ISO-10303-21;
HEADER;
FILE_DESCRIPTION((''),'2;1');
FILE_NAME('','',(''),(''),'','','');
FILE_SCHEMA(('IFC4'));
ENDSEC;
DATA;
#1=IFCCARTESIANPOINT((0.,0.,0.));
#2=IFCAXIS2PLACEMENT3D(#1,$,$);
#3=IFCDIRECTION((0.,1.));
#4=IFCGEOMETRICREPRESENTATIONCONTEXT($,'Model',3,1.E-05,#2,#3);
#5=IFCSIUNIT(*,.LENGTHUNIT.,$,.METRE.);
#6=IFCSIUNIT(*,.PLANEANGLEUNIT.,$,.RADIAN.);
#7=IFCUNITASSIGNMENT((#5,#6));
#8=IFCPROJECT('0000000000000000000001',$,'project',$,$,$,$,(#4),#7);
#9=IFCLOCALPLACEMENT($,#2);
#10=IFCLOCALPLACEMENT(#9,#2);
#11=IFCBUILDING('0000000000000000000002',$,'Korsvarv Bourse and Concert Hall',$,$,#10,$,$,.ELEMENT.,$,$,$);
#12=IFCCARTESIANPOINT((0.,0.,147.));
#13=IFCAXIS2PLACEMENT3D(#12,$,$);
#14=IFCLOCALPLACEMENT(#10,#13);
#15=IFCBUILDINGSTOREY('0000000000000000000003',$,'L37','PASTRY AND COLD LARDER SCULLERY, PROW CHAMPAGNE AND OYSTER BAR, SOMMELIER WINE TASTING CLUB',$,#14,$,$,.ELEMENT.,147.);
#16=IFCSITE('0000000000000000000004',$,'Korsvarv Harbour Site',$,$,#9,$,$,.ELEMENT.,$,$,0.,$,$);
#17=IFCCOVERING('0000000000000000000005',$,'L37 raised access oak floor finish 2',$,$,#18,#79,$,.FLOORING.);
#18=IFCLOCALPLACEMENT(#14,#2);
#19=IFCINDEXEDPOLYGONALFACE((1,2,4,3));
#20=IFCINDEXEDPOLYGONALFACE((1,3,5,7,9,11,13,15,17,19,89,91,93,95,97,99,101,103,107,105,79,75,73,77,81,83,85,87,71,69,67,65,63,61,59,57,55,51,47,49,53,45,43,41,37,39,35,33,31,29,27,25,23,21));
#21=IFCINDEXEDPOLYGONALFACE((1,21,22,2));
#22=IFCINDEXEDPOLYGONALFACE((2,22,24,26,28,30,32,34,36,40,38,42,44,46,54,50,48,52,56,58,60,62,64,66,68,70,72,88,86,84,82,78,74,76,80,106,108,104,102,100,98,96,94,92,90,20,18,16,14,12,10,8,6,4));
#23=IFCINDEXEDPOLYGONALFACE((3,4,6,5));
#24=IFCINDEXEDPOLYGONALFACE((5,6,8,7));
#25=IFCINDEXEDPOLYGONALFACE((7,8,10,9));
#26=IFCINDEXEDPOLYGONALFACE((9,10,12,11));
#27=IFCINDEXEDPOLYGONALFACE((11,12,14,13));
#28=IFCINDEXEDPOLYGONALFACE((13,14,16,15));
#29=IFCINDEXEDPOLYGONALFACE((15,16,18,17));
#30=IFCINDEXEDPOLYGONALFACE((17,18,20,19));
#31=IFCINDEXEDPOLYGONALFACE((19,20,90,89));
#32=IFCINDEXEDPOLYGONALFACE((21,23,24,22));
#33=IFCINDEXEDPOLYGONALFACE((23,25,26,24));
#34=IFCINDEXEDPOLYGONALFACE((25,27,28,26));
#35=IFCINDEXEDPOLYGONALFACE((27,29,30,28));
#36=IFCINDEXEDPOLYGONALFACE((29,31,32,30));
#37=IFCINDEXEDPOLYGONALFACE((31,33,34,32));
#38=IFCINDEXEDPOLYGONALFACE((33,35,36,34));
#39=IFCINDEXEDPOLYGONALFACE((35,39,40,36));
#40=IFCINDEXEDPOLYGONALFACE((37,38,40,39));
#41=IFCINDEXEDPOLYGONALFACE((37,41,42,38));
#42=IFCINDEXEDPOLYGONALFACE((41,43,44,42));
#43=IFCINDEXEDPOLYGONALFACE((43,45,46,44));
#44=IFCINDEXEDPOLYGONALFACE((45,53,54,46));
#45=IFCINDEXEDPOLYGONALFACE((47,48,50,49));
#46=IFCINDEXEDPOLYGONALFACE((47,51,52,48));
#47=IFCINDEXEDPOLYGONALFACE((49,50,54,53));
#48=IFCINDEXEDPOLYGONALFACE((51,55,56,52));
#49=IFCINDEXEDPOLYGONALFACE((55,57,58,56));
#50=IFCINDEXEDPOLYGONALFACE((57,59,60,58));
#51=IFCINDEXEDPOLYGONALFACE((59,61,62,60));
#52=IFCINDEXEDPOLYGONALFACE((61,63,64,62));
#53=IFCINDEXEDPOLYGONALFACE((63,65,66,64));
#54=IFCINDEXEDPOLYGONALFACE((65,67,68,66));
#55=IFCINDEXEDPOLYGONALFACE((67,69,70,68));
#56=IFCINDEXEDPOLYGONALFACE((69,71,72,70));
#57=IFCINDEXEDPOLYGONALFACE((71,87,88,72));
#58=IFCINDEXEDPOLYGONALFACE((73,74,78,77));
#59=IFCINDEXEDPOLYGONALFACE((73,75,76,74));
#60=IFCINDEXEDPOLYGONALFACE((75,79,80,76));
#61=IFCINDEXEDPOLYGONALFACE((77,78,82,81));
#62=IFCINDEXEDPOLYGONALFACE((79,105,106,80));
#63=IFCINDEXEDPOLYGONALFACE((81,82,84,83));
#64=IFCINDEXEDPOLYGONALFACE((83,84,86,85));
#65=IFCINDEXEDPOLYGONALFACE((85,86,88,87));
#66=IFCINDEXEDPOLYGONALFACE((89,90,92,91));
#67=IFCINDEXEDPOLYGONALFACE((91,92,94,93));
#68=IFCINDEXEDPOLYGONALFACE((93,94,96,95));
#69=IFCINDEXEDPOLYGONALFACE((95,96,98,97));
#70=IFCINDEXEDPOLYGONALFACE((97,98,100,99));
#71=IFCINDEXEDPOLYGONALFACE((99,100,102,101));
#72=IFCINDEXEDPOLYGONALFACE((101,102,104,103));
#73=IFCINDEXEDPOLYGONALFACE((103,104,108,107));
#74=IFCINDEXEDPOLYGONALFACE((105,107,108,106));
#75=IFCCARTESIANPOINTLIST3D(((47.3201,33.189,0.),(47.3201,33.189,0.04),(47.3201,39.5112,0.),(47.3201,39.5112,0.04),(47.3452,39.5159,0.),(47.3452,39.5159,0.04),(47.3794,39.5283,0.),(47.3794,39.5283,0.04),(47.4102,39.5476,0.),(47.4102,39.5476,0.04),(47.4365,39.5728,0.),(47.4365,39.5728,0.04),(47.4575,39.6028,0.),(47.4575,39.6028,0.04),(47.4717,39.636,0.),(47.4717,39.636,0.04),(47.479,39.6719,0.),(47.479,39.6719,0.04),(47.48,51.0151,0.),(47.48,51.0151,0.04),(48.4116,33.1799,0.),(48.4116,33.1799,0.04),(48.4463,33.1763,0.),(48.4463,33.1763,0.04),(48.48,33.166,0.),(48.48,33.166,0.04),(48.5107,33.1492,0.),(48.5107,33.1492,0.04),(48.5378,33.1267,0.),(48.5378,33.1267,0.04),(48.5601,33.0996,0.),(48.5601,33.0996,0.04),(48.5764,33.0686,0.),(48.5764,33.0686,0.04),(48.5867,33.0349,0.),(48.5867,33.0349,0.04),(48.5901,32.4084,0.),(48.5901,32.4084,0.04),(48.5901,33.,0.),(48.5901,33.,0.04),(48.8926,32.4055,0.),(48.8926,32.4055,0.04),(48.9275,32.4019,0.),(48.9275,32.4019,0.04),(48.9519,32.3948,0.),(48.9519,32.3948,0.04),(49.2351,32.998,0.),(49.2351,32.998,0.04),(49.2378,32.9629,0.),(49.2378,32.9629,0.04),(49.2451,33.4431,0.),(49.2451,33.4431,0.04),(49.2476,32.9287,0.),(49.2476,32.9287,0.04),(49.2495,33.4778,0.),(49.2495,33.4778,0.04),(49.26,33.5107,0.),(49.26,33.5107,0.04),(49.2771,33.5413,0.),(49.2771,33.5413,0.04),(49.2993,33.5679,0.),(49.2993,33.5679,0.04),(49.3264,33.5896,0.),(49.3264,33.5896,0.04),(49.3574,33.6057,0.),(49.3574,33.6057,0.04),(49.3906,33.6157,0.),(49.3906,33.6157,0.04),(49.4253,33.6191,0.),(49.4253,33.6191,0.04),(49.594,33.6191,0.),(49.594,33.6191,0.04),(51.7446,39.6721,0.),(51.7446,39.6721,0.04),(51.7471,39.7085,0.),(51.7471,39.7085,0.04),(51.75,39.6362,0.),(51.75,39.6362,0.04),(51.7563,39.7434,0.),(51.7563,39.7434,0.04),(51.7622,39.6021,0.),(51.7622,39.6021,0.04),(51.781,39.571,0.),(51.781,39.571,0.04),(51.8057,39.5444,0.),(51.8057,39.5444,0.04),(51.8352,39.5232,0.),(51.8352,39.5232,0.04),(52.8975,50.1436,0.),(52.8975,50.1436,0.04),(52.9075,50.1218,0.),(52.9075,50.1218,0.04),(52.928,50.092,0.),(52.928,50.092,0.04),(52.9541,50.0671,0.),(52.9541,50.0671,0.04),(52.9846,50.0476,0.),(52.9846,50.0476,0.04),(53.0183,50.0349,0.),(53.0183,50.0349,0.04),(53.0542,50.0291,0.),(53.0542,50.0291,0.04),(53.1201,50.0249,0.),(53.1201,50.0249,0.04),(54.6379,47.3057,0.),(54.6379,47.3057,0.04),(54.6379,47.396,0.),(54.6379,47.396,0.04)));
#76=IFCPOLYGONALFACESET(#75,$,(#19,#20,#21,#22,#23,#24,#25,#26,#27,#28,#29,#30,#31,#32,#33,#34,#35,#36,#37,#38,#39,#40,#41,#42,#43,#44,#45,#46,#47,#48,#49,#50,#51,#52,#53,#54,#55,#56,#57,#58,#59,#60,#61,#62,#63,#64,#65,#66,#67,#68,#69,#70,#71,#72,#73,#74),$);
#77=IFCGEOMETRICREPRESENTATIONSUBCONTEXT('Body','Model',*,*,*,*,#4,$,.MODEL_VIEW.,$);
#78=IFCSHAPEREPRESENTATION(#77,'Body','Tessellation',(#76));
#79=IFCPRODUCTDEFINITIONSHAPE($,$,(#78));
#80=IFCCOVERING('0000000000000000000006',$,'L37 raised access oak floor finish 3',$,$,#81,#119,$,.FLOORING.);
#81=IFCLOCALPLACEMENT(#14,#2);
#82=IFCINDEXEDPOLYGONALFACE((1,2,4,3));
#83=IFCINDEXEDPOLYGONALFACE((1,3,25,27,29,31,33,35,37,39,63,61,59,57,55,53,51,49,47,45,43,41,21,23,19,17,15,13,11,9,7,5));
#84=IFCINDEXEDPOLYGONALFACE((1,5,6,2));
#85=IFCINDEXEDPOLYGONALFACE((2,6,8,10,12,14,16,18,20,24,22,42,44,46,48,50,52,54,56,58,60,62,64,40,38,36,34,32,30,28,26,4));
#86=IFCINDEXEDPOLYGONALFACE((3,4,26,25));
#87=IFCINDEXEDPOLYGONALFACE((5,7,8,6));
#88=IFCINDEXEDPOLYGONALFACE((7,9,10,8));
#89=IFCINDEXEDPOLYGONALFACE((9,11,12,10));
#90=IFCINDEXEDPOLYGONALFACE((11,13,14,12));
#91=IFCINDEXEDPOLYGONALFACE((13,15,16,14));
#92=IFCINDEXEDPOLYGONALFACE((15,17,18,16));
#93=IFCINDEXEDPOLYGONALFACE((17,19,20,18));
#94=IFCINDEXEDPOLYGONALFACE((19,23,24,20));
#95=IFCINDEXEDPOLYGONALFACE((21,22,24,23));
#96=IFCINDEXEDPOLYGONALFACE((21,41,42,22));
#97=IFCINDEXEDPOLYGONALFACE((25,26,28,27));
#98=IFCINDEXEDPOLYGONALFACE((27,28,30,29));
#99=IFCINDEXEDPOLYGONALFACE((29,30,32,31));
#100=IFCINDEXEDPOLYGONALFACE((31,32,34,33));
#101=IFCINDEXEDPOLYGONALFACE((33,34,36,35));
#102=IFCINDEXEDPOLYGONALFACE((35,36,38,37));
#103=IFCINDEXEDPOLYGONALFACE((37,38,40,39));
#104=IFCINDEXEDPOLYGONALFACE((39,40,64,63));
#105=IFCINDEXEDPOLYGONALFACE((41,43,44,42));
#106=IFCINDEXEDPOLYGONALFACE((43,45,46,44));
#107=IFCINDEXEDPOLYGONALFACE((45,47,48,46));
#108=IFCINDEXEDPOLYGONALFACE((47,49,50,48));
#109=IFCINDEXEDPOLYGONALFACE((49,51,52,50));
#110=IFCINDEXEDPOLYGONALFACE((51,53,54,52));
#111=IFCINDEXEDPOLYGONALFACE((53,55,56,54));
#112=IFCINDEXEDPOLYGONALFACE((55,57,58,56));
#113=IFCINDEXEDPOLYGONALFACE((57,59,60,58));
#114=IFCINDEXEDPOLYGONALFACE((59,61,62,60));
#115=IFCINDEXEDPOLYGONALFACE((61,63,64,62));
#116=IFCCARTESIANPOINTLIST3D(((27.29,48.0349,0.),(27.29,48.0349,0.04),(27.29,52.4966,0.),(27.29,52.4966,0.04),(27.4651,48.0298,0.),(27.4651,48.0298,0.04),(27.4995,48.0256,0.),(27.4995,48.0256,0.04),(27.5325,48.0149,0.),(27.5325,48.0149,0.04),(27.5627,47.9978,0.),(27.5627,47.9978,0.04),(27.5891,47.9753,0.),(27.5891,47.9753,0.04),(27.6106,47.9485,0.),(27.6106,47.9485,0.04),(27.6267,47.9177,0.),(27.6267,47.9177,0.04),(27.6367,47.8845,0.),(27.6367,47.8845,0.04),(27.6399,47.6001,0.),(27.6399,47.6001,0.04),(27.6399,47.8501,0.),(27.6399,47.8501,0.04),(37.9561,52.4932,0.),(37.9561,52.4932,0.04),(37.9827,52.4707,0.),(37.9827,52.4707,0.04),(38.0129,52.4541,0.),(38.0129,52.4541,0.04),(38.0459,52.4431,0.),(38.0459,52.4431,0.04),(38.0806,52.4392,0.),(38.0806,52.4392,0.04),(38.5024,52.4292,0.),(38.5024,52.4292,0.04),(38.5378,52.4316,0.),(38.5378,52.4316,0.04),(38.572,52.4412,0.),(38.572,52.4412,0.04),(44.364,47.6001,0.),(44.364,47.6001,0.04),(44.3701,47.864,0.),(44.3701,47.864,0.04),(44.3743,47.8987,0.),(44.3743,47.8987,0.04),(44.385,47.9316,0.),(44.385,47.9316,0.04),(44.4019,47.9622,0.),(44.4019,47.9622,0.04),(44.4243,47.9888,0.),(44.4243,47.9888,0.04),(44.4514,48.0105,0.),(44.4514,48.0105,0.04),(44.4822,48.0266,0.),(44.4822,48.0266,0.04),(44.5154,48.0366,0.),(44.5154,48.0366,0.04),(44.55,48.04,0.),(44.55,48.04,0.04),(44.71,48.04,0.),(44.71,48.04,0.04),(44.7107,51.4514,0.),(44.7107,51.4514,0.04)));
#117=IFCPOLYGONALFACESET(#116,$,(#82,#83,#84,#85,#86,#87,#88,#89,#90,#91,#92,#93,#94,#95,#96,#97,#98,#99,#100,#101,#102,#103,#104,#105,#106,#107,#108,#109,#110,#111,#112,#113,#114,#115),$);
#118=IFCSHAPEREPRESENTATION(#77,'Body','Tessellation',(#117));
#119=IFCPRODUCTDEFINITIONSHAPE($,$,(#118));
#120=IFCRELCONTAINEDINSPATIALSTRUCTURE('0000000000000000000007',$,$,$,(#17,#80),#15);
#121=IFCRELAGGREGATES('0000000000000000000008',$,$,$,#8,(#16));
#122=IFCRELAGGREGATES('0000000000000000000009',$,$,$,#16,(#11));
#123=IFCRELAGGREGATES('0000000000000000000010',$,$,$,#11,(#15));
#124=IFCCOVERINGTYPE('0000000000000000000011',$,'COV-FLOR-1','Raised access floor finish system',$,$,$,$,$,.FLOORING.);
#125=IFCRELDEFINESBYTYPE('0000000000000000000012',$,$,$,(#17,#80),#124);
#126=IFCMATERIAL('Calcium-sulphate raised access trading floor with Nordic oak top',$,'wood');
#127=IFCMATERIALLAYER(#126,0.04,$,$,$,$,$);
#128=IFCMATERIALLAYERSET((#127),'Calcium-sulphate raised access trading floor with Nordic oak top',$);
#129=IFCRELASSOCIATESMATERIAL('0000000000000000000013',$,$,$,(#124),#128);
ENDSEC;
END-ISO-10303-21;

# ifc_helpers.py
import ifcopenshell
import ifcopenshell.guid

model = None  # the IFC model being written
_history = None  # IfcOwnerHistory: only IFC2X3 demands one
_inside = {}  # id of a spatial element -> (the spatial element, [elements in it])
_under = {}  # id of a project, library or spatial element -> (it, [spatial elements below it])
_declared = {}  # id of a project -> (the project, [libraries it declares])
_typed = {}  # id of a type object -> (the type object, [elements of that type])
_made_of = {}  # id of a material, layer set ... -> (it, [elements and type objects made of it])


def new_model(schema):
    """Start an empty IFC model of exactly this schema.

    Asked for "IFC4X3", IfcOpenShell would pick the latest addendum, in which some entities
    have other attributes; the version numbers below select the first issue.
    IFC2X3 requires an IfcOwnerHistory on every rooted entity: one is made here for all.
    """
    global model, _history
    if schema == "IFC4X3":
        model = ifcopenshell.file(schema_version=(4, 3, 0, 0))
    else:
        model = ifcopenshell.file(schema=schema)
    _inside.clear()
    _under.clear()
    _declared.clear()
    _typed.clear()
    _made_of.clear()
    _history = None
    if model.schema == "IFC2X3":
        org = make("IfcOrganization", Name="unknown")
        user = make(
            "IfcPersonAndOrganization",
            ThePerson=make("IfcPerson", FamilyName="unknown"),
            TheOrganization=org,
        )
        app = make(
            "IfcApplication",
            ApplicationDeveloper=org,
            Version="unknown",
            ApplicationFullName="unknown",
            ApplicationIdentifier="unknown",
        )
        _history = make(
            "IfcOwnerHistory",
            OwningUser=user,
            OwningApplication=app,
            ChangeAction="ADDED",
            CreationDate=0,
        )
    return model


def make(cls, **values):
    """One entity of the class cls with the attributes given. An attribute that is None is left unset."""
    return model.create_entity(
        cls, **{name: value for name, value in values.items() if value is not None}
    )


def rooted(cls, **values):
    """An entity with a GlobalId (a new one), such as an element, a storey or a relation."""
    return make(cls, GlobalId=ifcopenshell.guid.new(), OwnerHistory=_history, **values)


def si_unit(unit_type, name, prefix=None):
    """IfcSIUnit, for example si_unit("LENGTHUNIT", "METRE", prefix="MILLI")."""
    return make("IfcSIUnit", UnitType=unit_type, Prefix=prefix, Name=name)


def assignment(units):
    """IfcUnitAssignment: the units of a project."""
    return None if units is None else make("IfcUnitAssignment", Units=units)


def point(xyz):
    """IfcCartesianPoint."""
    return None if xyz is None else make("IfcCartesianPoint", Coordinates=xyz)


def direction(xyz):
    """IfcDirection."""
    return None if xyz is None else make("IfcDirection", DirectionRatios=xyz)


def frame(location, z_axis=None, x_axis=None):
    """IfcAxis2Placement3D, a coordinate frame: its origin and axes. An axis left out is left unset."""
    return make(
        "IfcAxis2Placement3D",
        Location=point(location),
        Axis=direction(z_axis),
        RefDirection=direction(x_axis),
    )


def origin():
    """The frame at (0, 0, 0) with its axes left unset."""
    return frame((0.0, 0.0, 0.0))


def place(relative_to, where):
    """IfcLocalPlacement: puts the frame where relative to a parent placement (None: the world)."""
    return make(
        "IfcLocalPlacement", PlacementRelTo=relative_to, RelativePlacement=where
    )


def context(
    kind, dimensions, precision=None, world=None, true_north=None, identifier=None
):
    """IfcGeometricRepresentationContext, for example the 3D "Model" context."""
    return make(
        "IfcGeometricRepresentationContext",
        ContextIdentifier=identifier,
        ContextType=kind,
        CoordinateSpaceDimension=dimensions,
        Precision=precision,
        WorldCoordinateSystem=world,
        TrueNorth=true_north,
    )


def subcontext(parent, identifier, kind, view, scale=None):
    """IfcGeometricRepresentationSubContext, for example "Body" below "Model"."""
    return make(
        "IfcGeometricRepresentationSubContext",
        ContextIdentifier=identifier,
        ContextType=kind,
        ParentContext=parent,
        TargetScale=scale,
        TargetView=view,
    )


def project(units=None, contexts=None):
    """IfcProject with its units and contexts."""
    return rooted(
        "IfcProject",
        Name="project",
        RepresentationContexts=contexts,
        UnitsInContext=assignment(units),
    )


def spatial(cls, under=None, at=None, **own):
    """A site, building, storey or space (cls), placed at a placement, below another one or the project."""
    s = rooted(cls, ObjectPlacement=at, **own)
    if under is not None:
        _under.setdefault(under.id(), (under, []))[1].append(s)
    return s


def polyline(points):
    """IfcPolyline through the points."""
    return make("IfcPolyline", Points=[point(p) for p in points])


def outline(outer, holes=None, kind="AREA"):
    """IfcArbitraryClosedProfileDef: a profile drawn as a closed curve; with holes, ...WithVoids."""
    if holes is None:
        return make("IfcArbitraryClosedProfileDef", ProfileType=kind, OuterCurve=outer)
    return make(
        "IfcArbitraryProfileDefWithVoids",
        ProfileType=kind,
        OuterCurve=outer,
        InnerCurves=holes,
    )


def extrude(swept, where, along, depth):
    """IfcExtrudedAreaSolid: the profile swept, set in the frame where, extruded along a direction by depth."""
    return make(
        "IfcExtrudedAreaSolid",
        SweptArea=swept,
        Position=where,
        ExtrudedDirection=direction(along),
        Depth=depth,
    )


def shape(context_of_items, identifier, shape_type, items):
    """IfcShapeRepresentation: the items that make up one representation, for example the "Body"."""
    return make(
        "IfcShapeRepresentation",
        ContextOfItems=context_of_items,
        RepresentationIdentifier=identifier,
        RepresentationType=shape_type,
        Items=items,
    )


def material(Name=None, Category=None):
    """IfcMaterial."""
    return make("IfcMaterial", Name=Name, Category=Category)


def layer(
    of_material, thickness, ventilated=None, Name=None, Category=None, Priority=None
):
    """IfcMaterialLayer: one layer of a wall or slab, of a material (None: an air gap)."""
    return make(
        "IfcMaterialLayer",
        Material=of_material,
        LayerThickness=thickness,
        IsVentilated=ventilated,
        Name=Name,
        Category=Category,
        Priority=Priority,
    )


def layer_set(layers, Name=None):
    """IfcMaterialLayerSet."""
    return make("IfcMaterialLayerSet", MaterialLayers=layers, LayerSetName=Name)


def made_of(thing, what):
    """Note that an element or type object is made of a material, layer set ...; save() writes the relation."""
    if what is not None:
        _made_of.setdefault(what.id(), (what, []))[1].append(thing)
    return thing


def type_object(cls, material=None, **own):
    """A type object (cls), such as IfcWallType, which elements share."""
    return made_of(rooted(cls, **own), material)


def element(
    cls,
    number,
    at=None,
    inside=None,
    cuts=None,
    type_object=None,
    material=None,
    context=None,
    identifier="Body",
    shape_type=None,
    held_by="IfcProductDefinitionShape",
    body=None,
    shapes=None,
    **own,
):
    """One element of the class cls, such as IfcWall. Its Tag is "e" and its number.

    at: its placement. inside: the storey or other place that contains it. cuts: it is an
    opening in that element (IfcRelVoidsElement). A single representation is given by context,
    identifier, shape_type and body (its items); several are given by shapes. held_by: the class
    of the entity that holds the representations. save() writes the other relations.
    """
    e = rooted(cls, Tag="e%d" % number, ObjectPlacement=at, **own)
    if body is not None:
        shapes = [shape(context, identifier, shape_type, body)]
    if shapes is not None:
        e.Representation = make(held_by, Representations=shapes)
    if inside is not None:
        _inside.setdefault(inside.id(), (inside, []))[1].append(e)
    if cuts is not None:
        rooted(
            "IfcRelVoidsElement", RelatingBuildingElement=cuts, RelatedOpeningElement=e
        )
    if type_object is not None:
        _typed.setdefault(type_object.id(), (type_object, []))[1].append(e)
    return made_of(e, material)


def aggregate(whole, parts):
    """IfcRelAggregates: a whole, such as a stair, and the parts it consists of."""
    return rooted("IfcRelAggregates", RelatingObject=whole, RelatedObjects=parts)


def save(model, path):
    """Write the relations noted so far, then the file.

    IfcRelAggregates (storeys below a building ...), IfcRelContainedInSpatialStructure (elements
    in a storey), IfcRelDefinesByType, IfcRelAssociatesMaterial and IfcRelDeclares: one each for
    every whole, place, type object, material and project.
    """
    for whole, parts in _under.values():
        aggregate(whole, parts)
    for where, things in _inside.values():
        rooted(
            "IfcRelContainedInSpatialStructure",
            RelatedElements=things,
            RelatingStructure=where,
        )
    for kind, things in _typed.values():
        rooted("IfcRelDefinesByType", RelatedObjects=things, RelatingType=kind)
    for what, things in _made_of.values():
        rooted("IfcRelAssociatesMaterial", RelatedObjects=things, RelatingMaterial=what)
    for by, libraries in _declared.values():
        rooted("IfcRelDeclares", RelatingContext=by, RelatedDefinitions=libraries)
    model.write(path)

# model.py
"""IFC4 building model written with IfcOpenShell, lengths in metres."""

from ifc_helpers import new_model, si_unit, direction, frame, origin, place, context, subcontext, project, spatial, polyline, outline, extrude, material, layer, layer_set, type_object, element, save


model = new_model("IFC4")

# Units and contexts
model_context = context("Model", 3, precision=1e-05, world=origin(), true_north=direction((0.0, 1.0)))
body_context = subcontext(model_context, "Body", "Model", "MODEL_VIEW")
ifc_project = project(units=[si_unit("LENGTHUNIT", "METRE"), si_unit("PLANEANGLEUNIT", "RADIAN")], contexts=[model_context])

# Site, building, storey
site_placement = place(None, origin())
site = spatial("IfcSite", under=ifc_project, at=site_placement, Name="Korsvarv Harbour Site", CompositionType="ELEMENT", RefElevation=0.0)
building_placement = place(site_placement, origin())
building = spatial("IfcBuilding", under=site, at=building_placement, Name="Korsvarv Bourse and Concert Hall", CompositionType="ELEMENT")
storey_placement = place(building_placement, frame((0.0, 0.0, 147.0)))
storey = spatial("IfcBuildingStorey", under=building, at=storey_placement, Name="L37", Description="PASTRY AND COLD LARDER SCULLERY, PROW CHAMPAGNE AND OYSTER BAR, SOMMELIER WINE TASTING CLUB", CompositionType="ELEMENT", Elevation=147.0)

# Coverings
ifc_material_1 = material(Name="Calcium-sulphate raised access trading floor with Nordic oak top", Category="wood")
ifc_layer_1 = layer(ifc_material_1, 0.04)
ifc_layer_set_1 = layer_set([ifc_layer_1], Name="Calcium-sulphate raised access trading floor with Nordic oak top")
covering_type_1 = type_object("IfcCoveringType", Name="COV-FLOR-1", Description="Raised access floor finish system", PredefinedType="FLOORING", material=ifc_layer_set_1)
covering_1_placement = place(storey_placement, origin())
element("IfcCovering", 1, at=covering_1_placement, inside=storey, type_object=covering_type_1, Name="L37 raised access oak floor finish 2", PredefinedType="FLOORING", context=body_context, shape_type="SweptSolid", body=[
    extrude(outline(polyline([(47.3201, 39.5112), (47.3452, 39.5159), (47.3794, 39.5283), (47.4102, 39.5476), (47.4365, 39.5728), (47.4575, 39.6028), (47.4717, 39.636), (47.479, 39.6719), (47.48, 51.0151), (52.8975, 50.1436), (52.9075, 50.1218), (52.928, 50.092), (52.9541, 50.0671), (52.9846, 50.0476), (53.0183, 50.0349), (53.0542, 50.0291), (53.1201, 50.0249), (54.6379, 47.396), (54.6379, 47.3057), (51.7563, 39.7434), (51.7471, 39.7085), (51.7446, 39.6721), (51.75, 39.6362), (51.7622, 39.6021), (51.781, 39.571), (51.8057, 39.5444), (51.8352, 39.5232), (49.594, 33.6191), (49.4253, 33.6191), (49.3906, 33.6157), (49.3574, 33.6057), (49.3264, 33.5896), (49.2993, 33.5679), (49.2771, 33.5413), (49.26, 33.5107), (49.2495, 33.4778), (49.2451, 33.4431), (49.2351, 32.998), (49.2378, 32.9629), (49.2476, 32.9287), (48.9519, 32.3948), (48.9275, 32.4019), (48.8926, 32.4055), (48.5901, 32.4084), (48.5901, 33.0), (48.5867, 33.0349), (48.5764, 33.0686), (48.5601, 33.0996), (48.5378, 33.1267), (48.5107, 33.1492), (48.48, 33.166), (48.4463, 33.1763), (48.4116, 33.1799), (47.3201, 33.189), (47.3201, 39.5112)])), origin(), (0.0, 0.0, 1.0), 0.04),
])
covering_2_placement = place(storey_placement, origin())
element("IfcCovering", 2, at=covering_2_placement, inside=storey, type_object=covering_type_1, Name="L37 raised access oak floor finish 3", PredefinedType="FLOORING", context=body_context, shape_type="SweptSolid", body=[
    extrude(outline(polyline([(37.9561, 52.4932), (37.9827, 52.4707), (38.0129, 52.4541), (38.0459, 52.4431), (38.0806, 52.4392), (38.5024, 52.4292), (38.5378, 52.4316), (38.572, 52.4412), (44.7107, 51.4514), (44.71, 48.04), (44.55, 48.04), (44.5154, 48.0366), (44.4822, 48.0266), (44.4514, 48.0105), (44.4243, 47.9888), (44.4019, 47.9622), (44.385, 47.9316), (44.3743, 47.8987), (44.3701, 47.864), (44.364, 47.6001), (27.6399, 47.6001), (27.6399, 47.8501), (27.6367, 47.8845), (27.6267, 47.9177), (27.6106, 47.9485), (27.5891, 47.9753), (27.5627, 47.9978), (27.5325, 48.0149), (27.4995, 48.0256), (27.4651, 48.0298), (27.29, 48.0349), (27.29, 52.4966), (37.9561, 52.4932)])), origin(), (0.0, 0.0, 1.0), 0.04),
])

save(model, "model.ifc")
